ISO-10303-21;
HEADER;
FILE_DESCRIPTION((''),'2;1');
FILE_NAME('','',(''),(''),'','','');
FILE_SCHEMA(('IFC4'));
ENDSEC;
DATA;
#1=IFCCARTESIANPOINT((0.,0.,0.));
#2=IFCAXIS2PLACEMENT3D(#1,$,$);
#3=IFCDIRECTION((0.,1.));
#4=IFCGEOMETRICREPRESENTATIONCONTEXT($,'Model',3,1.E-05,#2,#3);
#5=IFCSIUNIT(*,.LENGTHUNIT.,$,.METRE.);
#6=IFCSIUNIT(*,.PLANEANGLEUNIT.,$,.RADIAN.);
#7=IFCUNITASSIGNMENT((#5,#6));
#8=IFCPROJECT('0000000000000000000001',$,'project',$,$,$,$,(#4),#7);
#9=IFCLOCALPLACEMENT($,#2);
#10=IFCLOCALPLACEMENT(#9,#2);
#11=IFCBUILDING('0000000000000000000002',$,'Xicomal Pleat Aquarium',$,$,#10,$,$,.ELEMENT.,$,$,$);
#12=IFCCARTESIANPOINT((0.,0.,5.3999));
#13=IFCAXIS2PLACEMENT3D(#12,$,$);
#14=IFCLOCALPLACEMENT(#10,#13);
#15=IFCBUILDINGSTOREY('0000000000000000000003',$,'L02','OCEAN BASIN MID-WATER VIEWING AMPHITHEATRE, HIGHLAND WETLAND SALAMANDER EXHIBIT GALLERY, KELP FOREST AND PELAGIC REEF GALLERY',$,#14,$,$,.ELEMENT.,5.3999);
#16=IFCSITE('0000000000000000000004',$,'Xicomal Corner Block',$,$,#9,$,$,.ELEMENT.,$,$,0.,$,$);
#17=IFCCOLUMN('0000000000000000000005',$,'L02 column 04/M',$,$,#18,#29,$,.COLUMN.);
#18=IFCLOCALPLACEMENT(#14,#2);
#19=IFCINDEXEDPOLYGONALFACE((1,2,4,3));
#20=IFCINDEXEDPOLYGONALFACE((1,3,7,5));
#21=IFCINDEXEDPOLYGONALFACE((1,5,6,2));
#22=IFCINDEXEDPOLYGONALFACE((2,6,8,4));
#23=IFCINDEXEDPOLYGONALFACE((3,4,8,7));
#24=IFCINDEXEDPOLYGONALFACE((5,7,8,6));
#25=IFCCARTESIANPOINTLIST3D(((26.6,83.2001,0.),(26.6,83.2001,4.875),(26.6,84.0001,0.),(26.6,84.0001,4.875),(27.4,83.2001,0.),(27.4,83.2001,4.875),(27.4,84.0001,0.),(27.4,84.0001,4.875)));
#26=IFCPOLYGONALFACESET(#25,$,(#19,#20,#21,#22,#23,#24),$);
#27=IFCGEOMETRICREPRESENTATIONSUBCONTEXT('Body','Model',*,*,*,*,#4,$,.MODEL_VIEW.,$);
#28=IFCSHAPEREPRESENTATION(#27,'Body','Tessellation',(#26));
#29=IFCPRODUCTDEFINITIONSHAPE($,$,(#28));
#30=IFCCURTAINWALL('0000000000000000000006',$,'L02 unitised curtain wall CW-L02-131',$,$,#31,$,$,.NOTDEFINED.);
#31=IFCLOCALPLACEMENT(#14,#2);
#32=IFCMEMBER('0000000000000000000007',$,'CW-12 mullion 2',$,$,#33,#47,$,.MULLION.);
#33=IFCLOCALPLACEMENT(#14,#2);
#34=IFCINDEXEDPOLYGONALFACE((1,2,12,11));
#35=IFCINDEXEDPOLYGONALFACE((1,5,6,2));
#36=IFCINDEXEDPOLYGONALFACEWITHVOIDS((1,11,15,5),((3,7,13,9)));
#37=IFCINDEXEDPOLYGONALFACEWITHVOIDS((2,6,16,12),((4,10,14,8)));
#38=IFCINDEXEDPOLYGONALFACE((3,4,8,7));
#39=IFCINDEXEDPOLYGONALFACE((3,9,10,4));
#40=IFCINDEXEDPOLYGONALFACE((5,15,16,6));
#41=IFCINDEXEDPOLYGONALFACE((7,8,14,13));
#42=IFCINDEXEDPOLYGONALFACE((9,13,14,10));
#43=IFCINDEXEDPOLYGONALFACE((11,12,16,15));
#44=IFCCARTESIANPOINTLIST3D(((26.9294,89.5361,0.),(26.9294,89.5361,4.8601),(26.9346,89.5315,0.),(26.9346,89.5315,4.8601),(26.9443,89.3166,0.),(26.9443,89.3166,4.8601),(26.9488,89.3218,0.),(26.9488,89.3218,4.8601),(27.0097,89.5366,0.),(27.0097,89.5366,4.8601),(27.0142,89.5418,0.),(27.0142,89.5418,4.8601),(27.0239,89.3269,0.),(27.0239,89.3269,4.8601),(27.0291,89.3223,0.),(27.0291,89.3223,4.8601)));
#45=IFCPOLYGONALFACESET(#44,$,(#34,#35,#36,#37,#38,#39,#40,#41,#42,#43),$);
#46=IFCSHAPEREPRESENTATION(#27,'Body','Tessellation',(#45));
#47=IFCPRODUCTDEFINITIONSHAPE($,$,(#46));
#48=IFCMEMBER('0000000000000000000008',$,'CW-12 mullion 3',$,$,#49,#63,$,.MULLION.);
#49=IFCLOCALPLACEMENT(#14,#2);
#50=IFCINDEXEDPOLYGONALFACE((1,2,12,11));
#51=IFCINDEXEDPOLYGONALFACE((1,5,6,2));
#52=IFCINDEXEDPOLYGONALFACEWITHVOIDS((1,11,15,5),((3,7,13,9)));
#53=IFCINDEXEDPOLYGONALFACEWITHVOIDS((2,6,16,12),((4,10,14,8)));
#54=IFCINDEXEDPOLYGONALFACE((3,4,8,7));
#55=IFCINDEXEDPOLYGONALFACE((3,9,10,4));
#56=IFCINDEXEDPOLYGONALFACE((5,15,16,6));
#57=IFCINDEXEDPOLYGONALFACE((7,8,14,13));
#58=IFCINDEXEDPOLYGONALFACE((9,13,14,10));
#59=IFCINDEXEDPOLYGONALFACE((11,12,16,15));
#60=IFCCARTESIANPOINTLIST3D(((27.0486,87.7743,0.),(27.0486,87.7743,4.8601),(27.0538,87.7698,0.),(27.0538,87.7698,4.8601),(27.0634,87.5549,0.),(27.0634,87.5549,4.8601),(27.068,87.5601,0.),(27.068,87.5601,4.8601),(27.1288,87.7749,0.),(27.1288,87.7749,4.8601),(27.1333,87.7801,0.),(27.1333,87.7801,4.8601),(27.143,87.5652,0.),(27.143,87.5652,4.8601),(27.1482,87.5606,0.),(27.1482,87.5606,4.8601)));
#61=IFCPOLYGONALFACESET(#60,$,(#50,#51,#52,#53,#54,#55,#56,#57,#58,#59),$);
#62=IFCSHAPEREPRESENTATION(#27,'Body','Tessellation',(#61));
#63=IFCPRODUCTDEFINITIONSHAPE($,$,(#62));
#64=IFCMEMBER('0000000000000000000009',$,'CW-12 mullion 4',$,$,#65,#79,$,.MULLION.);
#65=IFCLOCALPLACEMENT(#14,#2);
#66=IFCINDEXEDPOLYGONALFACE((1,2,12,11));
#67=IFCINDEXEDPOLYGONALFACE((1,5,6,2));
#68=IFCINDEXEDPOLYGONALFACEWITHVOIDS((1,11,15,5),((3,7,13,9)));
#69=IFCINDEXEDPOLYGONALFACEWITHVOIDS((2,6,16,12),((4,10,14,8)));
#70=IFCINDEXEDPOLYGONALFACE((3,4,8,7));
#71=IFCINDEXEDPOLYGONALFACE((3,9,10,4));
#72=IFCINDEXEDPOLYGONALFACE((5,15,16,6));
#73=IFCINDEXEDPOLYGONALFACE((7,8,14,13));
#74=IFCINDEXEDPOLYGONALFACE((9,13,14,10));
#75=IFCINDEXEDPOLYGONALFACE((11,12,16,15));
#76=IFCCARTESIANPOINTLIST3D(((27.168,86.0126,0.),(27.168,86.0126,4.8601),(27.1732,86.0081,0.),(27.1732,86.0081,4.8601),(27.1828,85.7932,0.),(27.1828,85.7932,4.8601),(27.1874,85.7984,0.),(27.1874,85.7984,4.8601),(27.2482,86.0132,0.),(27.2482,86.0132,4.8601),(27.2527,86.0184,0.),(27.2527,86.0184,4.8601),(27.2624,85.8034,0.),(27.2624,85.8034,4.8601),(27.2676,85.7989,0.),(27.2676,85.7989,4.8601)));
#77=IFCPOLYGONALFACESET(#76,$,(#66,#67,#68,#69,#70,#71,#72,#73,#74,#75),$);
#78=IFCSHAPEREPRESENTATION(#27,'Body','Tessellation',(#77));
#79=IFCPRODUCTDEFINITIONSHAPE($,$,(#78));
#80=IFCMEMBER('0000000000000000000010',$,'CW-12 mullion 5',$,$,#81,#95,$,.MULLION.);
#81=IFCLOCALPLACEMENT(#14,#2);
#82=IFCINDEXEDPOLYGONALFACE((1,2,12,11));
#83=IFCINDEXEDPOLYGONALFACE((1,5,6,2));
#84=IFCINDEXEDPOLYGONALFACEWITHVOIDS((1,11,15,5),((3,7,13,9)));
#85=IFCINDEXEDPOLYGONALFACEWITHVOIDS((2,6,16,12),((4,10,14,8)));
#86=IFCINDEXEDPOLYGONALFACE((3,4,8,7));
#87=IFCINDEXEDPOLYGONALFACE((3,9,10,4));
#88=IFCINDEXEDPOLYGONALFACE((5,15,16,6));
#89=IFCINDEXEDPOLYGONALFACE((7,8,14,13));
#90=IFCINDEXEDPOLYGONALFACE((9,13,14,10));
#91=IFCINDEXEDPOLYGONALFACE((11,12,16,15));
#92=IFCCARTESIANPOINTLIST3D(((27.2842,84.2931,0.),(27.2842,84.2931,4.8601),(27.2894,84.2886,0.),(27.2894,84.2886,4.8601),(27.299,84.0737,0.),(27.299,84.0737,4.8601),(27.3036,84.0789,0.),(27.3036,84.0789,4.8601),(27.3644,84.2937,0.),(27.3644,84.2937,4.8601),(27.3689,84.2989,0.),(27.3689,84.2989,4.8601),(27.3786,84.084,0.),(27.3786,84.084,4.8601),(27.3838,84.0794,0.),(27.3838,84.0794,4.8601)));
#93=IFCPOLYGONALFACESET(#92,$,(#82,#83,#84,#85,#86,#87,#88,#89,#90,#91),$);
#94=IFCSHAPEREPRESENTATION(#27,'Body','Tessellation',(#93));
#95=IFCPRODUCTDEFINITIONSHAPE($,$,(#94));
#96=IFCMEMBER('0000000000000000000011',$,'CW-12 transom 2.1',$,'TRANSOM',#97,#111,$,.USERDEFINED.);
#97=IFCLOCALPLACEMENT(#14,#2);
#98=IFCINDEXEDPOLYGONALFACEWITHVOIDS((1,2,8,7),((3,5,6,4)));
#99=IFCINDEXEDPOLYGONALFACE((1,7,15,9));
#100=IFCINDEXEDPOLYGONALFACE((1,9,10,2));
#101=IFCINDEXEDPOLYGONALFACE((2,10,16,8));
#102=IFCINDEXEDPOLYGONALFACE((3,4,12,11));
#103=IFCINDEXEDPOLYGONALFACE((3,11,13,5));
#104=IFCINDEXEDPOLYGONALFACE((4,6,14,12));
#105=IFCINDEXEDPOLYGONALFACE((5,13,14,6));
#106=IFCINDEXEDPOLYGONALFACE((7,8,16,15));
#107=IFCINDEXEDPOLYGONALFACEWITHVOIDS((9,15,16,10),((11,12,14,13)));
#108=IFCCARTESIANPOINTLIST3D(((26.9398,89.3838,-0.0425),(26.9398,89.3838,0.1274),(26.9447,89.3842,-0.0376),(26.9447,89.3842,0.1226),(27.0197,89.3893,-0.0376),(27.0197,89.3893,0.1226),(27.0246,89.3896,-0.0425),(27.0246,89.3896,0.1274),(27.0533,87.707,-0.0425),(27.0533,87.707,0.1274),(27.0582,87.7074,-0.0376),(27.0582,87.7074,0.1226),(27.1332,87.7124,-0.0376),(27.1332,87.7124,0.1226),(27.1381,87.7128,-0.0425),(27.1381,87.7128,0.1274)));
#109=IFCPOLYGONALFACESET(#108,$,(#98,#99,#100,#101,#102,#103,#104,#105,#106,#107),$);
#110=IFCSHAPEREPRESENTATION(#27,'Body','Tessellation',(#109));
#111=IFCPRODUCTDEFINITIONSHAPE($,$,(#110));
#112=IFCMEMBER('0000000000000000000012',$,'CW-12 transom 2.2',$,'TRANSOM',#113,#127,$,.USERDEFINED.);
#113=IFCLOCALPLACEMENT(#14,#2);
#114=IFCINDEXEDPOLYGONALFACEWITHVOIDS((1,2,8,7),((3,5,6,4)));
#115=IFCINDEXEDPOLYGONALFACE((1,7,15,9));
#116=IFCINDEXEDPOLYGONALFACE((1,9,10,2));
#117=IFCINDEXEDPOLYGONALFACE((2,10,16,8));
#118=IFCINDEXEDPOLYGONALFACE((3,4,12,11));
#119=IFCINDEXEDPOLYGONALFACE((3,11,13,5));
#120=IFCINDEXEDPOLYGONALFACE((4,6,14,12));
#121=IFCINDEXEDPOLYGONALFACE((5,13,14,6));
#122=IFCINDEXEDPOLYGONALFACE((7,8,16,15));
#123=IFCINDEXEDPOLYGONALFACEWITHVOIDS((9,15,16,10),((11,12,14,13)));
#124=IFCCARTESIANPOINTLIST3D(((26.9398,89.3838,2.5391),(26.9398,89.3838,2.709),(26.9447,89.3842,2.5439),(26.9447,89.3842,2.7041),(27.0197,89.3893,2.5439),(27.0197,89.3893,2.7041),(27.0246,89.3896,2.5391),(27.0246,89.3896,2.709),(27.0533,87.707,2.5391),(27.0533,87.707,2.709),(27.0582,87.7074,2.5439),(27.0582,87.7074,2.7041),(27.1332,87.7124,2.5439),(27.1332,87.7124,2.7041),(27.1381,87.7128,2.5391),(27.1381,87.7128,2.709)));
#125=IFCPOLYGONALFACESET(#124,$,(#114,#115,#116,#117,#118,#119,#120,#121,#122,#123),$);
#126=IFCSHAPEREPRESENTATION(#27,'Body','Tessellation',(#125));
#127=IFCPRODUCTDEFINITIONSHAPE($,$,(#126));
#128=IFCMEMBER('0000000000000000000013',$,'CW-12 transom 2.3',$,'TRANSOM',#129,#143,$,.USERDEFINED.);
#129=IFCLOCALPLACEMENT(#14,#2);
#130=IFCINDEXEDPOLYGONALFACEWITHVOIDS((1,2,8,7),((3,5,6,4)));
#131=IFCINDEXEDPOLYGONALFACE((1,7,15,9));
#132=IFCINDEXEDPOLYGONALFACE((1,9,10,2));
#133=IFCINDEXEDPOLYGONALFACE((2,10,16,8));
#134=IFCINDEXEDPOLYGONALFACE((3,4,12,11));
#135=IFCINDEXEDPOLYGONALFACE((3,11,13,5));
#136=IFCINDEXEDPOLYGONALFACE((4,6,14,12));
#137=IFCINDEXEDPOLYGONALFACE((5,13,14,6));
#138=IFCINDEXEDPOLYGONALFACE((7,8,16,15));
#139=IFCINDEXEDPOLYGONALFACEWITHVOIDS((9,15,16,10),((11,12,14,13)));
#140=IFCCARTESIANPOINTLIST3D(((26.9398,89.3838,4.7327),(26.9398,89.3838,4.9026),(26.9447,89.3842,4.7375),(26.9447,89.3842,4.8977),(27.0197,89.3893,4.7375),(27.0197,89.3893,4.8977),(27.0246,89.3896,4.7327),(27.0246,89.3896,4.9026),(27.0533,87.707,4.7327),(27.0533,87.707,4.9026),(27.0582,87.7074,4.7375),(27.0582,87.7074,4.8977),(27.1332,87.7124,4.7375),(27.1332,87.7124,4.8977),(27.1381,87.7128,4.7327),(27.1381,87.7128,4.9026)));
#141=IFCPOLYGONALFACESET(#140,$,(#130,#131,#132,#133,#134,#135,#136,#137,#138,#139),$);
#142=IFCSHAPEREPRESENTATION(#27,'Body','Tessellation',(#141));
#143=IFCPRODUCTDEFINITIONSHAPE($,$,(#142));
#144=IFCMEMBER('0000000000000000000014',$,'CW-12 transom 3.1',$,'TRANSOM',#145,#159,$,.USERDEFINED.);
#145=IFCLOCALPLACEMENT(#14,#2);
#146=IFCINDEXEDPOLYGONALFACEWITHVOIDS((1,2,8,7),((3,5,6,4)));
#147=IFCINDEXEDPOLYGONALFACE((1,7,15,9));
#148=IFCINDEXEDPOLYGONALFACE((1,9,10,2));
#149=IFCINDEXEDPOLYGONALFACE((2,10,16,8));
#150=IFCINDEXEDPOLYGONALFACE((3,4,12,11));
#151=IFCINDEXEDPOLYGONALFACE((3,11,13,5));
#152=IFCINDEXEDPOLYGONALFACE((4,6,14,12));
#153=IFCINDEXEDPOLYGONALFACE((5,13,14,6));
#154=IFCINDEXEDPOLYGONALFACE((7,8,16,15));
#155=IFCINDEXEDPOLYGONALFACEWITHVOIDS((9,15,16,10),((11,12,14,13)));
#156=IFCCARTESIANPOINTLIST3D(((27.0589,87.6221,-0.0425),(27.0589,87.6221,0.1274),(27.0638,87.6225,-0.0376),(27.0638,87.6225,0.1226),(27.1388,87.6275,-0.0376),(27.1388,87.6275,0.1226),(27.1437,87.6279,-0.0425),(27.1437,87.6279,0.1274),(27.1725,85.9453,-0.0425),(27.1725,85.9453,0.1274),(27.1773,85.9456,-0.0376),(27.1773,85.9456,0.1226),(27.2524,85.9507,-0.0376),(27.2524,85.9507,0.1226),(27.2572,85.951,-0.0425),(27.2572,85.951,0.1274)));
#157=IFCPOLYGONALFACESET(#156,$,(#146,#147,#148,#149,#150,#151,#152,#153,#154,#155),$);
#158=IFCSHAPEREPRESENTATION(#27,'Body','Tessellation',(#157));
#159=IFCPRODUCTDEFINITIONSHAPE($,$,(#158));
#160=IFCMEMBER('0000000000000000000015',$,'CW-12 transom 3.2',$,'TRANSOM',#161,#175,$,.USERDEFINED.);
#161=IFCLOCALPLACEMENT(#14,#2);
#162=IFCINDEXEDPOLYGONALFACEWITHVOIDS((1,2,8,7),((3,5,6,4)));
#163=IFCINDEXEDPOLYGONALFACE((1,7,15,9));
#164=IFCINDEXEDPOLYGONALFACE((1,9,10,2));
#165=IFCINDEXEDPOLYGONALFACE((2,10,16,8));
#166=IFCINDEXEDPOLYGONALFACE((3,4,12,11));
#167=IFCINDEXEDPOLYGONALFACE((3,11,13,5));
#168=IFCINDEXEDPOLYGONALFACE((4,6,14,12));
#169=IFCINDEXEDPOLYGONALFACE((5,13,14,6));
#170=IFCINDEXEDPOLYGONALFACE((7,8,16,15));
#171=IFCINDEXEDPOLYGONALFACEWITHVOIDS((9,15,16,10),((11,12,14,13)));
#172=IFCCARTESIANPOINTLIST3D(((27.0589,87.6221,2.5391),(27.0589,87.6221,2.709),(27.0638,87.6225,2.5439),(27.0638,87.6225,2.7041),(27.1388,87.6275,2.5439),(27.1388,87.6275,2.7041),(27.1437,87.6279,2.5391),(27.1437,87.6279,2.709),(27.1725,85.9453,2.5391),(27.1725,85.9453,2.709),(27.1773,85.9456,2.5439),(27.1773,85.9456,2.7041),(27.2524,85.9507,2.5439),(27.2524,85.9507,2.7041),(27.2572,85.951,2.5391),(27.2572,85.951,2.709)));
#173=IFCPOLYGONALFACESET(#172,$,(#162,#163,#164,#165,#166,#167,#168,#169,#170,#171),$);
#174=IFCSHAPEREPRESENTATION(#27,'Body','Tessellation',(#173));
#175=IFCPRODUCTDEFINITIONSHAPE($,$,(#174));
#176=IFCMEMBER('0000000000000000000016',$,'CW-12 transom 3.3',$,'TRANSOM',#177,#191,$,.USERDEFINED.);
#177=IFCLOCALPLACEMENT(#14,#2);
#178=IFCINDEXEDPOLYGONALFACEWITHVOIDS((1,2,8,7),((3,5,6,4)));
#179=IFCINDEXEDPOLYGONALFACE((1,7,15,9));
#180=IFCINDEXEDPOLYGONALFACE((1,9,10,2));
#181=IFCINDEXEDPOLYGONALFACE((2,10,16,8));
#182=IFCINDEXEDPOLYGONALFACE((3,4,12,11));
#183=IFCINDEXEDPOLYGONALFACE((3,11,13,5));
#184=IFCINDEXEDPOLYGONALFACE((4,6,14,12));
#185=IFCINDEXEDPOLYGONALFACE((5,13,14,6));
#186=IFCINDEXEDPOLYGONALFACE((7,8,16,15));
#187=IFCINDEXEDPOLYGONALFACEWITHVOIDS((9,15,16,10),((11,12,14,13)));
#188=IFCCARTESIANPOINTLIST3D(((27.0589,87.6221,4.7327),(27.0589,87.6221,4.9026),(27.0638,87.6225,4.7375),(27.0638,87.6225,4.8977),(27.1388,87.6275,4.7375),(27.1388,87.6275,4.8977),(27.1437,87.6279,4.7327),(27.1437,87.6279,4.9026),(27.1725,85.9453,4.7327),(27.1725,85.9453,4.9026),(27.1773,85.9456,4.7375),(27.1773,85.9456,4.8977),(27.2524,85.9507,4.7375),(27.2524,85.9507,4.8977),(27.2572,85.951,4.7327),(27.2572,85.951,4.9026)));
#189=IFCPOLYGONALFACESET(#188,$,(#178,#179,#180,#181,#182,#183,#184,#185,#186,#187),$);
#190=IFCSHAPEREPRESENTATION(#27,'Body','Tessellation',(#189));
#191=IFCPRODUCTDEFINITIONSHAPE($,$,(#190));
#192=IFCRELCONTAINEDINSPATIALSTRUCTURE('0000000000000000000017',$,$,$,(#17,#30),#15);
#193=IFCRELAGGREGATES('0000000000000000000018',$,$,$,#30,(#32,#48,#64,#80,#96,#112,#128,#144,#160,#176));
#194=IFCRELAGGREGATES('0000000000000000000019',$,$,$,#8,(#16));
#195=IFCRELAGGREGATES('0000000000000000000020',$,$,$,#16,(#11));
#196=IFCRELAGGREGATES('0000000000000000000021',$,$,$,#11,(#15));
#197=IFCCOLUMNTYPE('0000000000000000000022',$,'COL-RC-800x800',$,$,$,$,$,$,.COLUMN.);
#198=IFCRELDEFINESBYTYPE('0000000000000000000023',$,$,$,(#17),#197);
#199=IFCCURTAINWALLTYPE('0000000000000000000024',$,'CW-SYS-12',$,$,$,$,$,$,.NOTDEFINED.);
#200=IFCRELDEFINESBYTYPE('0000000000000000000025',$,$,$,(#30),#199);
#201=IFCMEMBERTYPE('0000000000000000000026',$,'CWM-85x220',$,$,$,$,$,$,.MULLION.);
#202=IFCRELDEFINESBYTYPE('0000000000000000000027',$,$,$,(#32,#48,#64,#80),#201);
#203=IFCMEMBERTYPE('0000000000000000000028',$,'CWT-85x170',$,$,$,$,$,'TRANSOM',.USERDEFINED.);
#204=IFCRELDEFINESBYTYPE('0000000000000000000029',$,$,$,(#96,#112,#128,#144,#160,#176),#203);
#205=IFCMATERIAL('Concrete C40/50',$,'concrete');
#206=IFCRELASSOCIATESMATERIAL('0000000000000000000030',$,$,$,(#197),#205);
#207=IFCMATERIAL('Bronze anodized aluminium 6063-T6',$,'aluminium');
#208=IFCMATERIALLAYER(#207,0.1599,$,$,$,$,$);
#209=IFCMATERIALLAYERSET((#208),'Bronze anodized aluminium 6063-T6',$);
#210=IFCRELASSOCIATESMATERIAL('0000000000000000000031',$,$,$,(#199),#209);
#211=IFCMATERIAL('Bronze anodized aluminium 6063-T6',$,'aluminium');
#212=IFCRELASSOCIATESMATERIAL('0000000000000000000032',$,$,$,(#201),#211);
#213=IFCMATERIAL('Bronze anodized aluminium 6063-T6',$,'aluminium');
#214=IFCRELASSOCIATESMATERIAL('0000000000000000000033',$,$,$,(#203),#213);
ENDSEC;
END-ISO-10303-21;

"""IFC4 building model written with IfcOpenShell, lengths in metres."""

from ifc_helpers import new_model, si_unit, direction, frame, origin, origin_2d, place, context, subcontext, project, spatial, rectangle, hollow_rectangle, extrude, material, layer, layer_set, material_profile, profile_set, type_object, element, aggregate, save


model = new_model("IFC4")

# Units and contexts
model_context = context("Model", 3, precision=1e-05, world=origin(), true_north=direction((0.0, 1.0)))
body_context = subcontext(model_context, "Body", "Model", "MODEL_VIEW")
ifc_project = project(units=[si_unit("LENGTHUNIT", "METRE"), si_unit("PLANEANGLEUNIT", "RADIAN")], contexts=[model_context])

# Site, building, storey
site_placement = place(None, origin())
site = spatial("IfcSite", under=ifc_project, at=site_placement, Name="Xicomal Corner Block", CompositionType="ELEMENT", RefElevation=0.0)
building_placement = place(site_placement, origin())
building = spatial("IfcBuilding", under=site, at=building_placement, Name="Xicomal Pleat Aquarium", CompositionType="ELEMENT")
storey_placement = place(building_placement, frame((0.0, 0.0, 5.3999)))
storey = spatial("IfcBuildingStorey", under=building, at=storey_placement, Name="L02", Description="OCEAN BASIN MID-WATER VIEWING AMPHITHEATRE, HIGHLAND WETLAND SALAMANDER EXHIBIT GALLERY, KELP FOREST AND PELAGIC REEF GALLERY", CompositionType="ELEMENT", Elevation=5.3999)

# Column
ifc_material_1 = material(Name="Concrete C40/50", Category="concrete")
ifc_material_profile_1 = material_profile(ifc_material_1, rectangle(XDim=0.8, YDim=0.8, at=origin_2d()), Name="RC 800x800")
ifc_profile_set_1 = profile_set([ifc_material_profile_1], Name="Concrete C40/50")
column_type = type_object("IfcColumnType", Name="COL-RC-800x800", PredefinedType="COLUMN", material=ifc_profile_set_1)
column_placement = place(storey_placement, frame((27.0, 83.6001, 0.0), z_axis=(0.0, 0.0, 1.0), x_axis=(1.0, 0.0, 0.0)))
element("IfcColumn", 1, at=column_placement, inside=storey, type_object=column_type, Name="L02 column 04/M", PredefinedType="COLUMN", context=body_context, shape_type="SweptSolid", body=[
    extrude(rectangle(XDim=0.8, YDim=0.8, at=origin_2d()), origin(), (0.0, 0.0, 1.0), 4.875),
])

# Curtain wall, members
ifc_material_2 = material(Name="Bronze anodized aluminium 6063-T6", Category="aluminium")
ifc_layer_1 = layer(ifc_material_2, 0.1599)
ifc_layer_set_1 = layer_set([ifc_layer_1], Name="Bronze anodized aluminium 6063-T6")
curtain_wall_type = type_object("IfcCurtainWallType", Name="CW-SYS-12", PredefinedType="NOTDEFINED", material=ifc_layer_set_1)
curtain_wall_placement = place(storey_placement, origin())
curtain_wall = element("IfcCurtainWall", 2, at=curtain_wall_placement, inside=storey, type_object=curtain_wall_type, Name="L02 unitised curtain wall CW-L02-131", PredefinedType="NOTDEFINED")
ifc_material_3 = material(Name="Bronze anodized aluminium 6063-T6", Category="aluminium")
ifc_material_profile_2 = material_profile(ifc_material_3, hollow_rectangle(XDim=0.085, YDim=0.22, WallThickness=0.0049, at=origin_2d()), Name="ALU MULL 85x220")
ifc_profile_set_2 = profile_set([ifc_material_profile_2], Name="Bronze anodized aluminium 6063-T6")
member_type_1 = type_object("IfcMemberType", Name="CWM-85x220", PredefinedType="MULLION", material=ifc_profile_set_2)
member_1_placement = place(storey_placement, frame((26.9792, 89.4292, 0.0), z_axis=(0.0, 0.0, 1.0), x_axis=(0.997717, 0.067534, 0.0)))
member_1 = element("IfcMember", 3, at=member_1_placement, type_object=member_type_1, Name="CW-12 mullion 2", PredefinedType="MULLION", context=body_context, shape_type="SweptSolid", body=[
    extrude(hollow_rectangle(XDim=0.085, YDim=0.22, WallThickness=0.0049, at=origin_2d()), origin(), (0.0, 0.0, 1.0), 4.8601),
])
member_2_placement = place(storey_placement, frame((27.0984, 87.6675, 0.0), z_axis=(0.0, 0.0, 1.0), x_axis=(0.997717, 0.067534, 0.0)))
member_2 = element("IfcMember", 4, at=member_2_placement, type_object=member_type_1, Name="CW-12 mullion 3", PredefinedType="MULLION", context=body_context, shape_type="SweptSolid", body=[
    extrude(hollow_rectangle(XDim=0.085, YDim=0.22, WallThickness=0.0049, at=origin_2d()), origin(), (0.0, 0.0, 1.0), 4.8601),
])
member_3_placement = place(storey_placement, frame((27.2178, 85.9058, 0.0), z_axis=(0.0, 0.0, 1.0), x_axis=(0.997717, 0.067534, 0.0)))
member_3 = element("IfcMember", 5, at=member_3_placement, type_object=member_type_1, Name="CW-12 mullion 4", PredefinedType="MULLION", context=body_context, shape_type="SweptSolid", body=[
    extrude(hollow_rectangle(XDim=0.085, YDim=0.22, WallThickness=0.0049, at=origin_2d()), origin(), (0.0, 0.0, 1.0), 4.8601),
])
member_4_placement = place(storey_placement, frame((27.334, 84.1863, 0.0), z_axis=(0.0, 0.0, 1.0), x_axis=(0.997717, 0.067534, 0.0)))
member_4 = element("IfcMember", 6, at=member_4_placement, type_object=member_type_1, Name="CW-12 mullion 5", PredefinedType="MULLION", context=body_context, shape_type="SweptSolid", body=[
    extrude(hollow_rectangle(XDim=0.085, YDim=0.22, WallThickness=0.0049, at=origin_2d()), origin(), (0.0, 0.0, 1.0), 4.8601),
])
ifc_material_4 = material(Name="Bronze anodized aluminium 6063-T6", Category="aluminium")
ifc_material_profile_3 = material_profile(ifc_material_4, hollow_rectangle(XDim=0.085, YDim=0.1699, WallThickness=0.0049, at=origin_2d()), Name="ALU TRAN 85x170")
ifc_profile_set_3 = profile_set([ifc_material_profile_3], Name="Bronze anodized aluminium 6063-T6")
member_type_2 = type_object("IfcMemberType", Name="CWT-85x170", ElementType="TRANSOM", PredefinedType="USERDEFINED", material=ifc_profile_set_3)
member_5_placement = place(storey_placement, frame((26.9822, 89.3867, 0.0425), z_axis=(0.067551, -0.997716, 0.0), x_axis=(0.997716, 0.067551, 0.0)))
member_5 = element("IfcMember", 7, at=member_5_placement, type_object=member_type_2, Name="CW-12 transom 2.1", ObjectType="TRANSOM", PredefinedType="USERDEFINED", context=body_context, shape_type="SweptSolid", body=[
    extrude(hollow_rectangle(XDim=0.085, YDim=0.1699, WallThickness=0.0049, at=origin_2d()), origin(), (0.0, 0.0, 1.0), 1.6807),
])
member_6_placement = place(storey_placement, frame((26.9822, 89.3867, 2.624), z_axis=(0.067551, -0.997716, 0.0), x_axis=(0.997716, 0.067551, 0.0)))
member_6 = element("IfcMember", 8, at=member_6_placement, type_object=member_type_2, Name="CW-12 transom 2.2", ObjectType="TRANSOM", PredefinedType="USERDEFINED", context=body_context, shape_type="SweptSolid", body=[
    extrude(hollow_rectangle(XDim=0.085, YDim=0.1699, WallThickness=0.0049, at=origin_2d()), origin(), (0.0, 0.0, 1.0), 1.6807),
])
member_7_placement = place(storey_placement, frame((26.9822, 89.3867, 4.8176), z_axis=(0.067551, -0.997716, 0.0), x_axis=(0.997716, 0.067551, 0.0)))
member_7 = element("IfcMember", 9, at=member_7_placement, type_object=member_type_2, Name="CW-12 transom 2.3", ObjectType="TRANSOM", PredefinedType="USERDEFINED", context=body_context, shape_type="SweptSolid", body=[
    extrude(hollow_rectangle(XDim=0.085, YDim=0.1699, WallThickness=0.0049, at=origin_2d()), origin(), (0.0, 0.0, 1.0), 1.6807),
])
member_8_placement = place(storey_placement, frame((27.1013, 87.625, 0.0425), z_axis=(0.067551, -0.997716, 0.0), x_axis=(0.997716, 0.067551, 0.0)))
member_8 = element("IfcMember", 10, at=member_8_placement, type_object=member_type_2, Name="CW-12 transom 3.1", ObjectType="TRANSOM", PredefinedType="USERDEFINED", context=body_context, shape_type="SweptSolid", body=[
    extrude(hollow_rectangle(XDim=0.085, YDim=0.1699, WallThickness=0.0049, at=origin_2d()), origin(), (0.0, 0.0, 1.0), 1.6807),
])
member_9_placement = place(storey_placement, frame((27.1013, 87.625, 2.624), z_axis=(0.067551, -0.997716, 0.0), x_axis=(0.997716, 0.067551, 0.0)))
member_9 = element("IfcMember", 11, at=member_9_placement, type_object=member_type_2, Name="CW-12 transom 3.2", ObjectType="TRANSOM", PredefinedType="USERDEFINED", context=body_context, shape_type="SweptSolid", body=[
    extrude(hollow_rectangle(XDim=0.085, YDim=0.1699, WallThickness=0.0049, at=origin_2d()), origin(), (0.0, 0.0, 1.0), 1.6807),
])
member_10_placement = place(storey_placement, frame((27.1013, 87.625, 4.8176), z_axis=(0.067551, -0.997716, 0.0), x_axis=(0.997716, 0.067551, 0.0)))
member_10 = element("IfcMember", 12, at=member_10_placement, type_object=member_type_2, Name="CW-12 transom 3.3", ObjectType="TRANSOM", PredefinedType="USERDEFINED", context=body_context, shape_type="SweptSolid", body=[
    extrude(hollow_rectangle(XDim=0.085, YDim=0.1699, WallThickness=0.0049, at=origin_2d()), origin(), (0.0, 0.0, 1.0), 1.6807),
])
aggregate(curtain_wall, [member_1, member_2, member_3, member_4, member_5, member_6, member_7, member_8, member_9, member_10])

save(model, "model.ifc")
